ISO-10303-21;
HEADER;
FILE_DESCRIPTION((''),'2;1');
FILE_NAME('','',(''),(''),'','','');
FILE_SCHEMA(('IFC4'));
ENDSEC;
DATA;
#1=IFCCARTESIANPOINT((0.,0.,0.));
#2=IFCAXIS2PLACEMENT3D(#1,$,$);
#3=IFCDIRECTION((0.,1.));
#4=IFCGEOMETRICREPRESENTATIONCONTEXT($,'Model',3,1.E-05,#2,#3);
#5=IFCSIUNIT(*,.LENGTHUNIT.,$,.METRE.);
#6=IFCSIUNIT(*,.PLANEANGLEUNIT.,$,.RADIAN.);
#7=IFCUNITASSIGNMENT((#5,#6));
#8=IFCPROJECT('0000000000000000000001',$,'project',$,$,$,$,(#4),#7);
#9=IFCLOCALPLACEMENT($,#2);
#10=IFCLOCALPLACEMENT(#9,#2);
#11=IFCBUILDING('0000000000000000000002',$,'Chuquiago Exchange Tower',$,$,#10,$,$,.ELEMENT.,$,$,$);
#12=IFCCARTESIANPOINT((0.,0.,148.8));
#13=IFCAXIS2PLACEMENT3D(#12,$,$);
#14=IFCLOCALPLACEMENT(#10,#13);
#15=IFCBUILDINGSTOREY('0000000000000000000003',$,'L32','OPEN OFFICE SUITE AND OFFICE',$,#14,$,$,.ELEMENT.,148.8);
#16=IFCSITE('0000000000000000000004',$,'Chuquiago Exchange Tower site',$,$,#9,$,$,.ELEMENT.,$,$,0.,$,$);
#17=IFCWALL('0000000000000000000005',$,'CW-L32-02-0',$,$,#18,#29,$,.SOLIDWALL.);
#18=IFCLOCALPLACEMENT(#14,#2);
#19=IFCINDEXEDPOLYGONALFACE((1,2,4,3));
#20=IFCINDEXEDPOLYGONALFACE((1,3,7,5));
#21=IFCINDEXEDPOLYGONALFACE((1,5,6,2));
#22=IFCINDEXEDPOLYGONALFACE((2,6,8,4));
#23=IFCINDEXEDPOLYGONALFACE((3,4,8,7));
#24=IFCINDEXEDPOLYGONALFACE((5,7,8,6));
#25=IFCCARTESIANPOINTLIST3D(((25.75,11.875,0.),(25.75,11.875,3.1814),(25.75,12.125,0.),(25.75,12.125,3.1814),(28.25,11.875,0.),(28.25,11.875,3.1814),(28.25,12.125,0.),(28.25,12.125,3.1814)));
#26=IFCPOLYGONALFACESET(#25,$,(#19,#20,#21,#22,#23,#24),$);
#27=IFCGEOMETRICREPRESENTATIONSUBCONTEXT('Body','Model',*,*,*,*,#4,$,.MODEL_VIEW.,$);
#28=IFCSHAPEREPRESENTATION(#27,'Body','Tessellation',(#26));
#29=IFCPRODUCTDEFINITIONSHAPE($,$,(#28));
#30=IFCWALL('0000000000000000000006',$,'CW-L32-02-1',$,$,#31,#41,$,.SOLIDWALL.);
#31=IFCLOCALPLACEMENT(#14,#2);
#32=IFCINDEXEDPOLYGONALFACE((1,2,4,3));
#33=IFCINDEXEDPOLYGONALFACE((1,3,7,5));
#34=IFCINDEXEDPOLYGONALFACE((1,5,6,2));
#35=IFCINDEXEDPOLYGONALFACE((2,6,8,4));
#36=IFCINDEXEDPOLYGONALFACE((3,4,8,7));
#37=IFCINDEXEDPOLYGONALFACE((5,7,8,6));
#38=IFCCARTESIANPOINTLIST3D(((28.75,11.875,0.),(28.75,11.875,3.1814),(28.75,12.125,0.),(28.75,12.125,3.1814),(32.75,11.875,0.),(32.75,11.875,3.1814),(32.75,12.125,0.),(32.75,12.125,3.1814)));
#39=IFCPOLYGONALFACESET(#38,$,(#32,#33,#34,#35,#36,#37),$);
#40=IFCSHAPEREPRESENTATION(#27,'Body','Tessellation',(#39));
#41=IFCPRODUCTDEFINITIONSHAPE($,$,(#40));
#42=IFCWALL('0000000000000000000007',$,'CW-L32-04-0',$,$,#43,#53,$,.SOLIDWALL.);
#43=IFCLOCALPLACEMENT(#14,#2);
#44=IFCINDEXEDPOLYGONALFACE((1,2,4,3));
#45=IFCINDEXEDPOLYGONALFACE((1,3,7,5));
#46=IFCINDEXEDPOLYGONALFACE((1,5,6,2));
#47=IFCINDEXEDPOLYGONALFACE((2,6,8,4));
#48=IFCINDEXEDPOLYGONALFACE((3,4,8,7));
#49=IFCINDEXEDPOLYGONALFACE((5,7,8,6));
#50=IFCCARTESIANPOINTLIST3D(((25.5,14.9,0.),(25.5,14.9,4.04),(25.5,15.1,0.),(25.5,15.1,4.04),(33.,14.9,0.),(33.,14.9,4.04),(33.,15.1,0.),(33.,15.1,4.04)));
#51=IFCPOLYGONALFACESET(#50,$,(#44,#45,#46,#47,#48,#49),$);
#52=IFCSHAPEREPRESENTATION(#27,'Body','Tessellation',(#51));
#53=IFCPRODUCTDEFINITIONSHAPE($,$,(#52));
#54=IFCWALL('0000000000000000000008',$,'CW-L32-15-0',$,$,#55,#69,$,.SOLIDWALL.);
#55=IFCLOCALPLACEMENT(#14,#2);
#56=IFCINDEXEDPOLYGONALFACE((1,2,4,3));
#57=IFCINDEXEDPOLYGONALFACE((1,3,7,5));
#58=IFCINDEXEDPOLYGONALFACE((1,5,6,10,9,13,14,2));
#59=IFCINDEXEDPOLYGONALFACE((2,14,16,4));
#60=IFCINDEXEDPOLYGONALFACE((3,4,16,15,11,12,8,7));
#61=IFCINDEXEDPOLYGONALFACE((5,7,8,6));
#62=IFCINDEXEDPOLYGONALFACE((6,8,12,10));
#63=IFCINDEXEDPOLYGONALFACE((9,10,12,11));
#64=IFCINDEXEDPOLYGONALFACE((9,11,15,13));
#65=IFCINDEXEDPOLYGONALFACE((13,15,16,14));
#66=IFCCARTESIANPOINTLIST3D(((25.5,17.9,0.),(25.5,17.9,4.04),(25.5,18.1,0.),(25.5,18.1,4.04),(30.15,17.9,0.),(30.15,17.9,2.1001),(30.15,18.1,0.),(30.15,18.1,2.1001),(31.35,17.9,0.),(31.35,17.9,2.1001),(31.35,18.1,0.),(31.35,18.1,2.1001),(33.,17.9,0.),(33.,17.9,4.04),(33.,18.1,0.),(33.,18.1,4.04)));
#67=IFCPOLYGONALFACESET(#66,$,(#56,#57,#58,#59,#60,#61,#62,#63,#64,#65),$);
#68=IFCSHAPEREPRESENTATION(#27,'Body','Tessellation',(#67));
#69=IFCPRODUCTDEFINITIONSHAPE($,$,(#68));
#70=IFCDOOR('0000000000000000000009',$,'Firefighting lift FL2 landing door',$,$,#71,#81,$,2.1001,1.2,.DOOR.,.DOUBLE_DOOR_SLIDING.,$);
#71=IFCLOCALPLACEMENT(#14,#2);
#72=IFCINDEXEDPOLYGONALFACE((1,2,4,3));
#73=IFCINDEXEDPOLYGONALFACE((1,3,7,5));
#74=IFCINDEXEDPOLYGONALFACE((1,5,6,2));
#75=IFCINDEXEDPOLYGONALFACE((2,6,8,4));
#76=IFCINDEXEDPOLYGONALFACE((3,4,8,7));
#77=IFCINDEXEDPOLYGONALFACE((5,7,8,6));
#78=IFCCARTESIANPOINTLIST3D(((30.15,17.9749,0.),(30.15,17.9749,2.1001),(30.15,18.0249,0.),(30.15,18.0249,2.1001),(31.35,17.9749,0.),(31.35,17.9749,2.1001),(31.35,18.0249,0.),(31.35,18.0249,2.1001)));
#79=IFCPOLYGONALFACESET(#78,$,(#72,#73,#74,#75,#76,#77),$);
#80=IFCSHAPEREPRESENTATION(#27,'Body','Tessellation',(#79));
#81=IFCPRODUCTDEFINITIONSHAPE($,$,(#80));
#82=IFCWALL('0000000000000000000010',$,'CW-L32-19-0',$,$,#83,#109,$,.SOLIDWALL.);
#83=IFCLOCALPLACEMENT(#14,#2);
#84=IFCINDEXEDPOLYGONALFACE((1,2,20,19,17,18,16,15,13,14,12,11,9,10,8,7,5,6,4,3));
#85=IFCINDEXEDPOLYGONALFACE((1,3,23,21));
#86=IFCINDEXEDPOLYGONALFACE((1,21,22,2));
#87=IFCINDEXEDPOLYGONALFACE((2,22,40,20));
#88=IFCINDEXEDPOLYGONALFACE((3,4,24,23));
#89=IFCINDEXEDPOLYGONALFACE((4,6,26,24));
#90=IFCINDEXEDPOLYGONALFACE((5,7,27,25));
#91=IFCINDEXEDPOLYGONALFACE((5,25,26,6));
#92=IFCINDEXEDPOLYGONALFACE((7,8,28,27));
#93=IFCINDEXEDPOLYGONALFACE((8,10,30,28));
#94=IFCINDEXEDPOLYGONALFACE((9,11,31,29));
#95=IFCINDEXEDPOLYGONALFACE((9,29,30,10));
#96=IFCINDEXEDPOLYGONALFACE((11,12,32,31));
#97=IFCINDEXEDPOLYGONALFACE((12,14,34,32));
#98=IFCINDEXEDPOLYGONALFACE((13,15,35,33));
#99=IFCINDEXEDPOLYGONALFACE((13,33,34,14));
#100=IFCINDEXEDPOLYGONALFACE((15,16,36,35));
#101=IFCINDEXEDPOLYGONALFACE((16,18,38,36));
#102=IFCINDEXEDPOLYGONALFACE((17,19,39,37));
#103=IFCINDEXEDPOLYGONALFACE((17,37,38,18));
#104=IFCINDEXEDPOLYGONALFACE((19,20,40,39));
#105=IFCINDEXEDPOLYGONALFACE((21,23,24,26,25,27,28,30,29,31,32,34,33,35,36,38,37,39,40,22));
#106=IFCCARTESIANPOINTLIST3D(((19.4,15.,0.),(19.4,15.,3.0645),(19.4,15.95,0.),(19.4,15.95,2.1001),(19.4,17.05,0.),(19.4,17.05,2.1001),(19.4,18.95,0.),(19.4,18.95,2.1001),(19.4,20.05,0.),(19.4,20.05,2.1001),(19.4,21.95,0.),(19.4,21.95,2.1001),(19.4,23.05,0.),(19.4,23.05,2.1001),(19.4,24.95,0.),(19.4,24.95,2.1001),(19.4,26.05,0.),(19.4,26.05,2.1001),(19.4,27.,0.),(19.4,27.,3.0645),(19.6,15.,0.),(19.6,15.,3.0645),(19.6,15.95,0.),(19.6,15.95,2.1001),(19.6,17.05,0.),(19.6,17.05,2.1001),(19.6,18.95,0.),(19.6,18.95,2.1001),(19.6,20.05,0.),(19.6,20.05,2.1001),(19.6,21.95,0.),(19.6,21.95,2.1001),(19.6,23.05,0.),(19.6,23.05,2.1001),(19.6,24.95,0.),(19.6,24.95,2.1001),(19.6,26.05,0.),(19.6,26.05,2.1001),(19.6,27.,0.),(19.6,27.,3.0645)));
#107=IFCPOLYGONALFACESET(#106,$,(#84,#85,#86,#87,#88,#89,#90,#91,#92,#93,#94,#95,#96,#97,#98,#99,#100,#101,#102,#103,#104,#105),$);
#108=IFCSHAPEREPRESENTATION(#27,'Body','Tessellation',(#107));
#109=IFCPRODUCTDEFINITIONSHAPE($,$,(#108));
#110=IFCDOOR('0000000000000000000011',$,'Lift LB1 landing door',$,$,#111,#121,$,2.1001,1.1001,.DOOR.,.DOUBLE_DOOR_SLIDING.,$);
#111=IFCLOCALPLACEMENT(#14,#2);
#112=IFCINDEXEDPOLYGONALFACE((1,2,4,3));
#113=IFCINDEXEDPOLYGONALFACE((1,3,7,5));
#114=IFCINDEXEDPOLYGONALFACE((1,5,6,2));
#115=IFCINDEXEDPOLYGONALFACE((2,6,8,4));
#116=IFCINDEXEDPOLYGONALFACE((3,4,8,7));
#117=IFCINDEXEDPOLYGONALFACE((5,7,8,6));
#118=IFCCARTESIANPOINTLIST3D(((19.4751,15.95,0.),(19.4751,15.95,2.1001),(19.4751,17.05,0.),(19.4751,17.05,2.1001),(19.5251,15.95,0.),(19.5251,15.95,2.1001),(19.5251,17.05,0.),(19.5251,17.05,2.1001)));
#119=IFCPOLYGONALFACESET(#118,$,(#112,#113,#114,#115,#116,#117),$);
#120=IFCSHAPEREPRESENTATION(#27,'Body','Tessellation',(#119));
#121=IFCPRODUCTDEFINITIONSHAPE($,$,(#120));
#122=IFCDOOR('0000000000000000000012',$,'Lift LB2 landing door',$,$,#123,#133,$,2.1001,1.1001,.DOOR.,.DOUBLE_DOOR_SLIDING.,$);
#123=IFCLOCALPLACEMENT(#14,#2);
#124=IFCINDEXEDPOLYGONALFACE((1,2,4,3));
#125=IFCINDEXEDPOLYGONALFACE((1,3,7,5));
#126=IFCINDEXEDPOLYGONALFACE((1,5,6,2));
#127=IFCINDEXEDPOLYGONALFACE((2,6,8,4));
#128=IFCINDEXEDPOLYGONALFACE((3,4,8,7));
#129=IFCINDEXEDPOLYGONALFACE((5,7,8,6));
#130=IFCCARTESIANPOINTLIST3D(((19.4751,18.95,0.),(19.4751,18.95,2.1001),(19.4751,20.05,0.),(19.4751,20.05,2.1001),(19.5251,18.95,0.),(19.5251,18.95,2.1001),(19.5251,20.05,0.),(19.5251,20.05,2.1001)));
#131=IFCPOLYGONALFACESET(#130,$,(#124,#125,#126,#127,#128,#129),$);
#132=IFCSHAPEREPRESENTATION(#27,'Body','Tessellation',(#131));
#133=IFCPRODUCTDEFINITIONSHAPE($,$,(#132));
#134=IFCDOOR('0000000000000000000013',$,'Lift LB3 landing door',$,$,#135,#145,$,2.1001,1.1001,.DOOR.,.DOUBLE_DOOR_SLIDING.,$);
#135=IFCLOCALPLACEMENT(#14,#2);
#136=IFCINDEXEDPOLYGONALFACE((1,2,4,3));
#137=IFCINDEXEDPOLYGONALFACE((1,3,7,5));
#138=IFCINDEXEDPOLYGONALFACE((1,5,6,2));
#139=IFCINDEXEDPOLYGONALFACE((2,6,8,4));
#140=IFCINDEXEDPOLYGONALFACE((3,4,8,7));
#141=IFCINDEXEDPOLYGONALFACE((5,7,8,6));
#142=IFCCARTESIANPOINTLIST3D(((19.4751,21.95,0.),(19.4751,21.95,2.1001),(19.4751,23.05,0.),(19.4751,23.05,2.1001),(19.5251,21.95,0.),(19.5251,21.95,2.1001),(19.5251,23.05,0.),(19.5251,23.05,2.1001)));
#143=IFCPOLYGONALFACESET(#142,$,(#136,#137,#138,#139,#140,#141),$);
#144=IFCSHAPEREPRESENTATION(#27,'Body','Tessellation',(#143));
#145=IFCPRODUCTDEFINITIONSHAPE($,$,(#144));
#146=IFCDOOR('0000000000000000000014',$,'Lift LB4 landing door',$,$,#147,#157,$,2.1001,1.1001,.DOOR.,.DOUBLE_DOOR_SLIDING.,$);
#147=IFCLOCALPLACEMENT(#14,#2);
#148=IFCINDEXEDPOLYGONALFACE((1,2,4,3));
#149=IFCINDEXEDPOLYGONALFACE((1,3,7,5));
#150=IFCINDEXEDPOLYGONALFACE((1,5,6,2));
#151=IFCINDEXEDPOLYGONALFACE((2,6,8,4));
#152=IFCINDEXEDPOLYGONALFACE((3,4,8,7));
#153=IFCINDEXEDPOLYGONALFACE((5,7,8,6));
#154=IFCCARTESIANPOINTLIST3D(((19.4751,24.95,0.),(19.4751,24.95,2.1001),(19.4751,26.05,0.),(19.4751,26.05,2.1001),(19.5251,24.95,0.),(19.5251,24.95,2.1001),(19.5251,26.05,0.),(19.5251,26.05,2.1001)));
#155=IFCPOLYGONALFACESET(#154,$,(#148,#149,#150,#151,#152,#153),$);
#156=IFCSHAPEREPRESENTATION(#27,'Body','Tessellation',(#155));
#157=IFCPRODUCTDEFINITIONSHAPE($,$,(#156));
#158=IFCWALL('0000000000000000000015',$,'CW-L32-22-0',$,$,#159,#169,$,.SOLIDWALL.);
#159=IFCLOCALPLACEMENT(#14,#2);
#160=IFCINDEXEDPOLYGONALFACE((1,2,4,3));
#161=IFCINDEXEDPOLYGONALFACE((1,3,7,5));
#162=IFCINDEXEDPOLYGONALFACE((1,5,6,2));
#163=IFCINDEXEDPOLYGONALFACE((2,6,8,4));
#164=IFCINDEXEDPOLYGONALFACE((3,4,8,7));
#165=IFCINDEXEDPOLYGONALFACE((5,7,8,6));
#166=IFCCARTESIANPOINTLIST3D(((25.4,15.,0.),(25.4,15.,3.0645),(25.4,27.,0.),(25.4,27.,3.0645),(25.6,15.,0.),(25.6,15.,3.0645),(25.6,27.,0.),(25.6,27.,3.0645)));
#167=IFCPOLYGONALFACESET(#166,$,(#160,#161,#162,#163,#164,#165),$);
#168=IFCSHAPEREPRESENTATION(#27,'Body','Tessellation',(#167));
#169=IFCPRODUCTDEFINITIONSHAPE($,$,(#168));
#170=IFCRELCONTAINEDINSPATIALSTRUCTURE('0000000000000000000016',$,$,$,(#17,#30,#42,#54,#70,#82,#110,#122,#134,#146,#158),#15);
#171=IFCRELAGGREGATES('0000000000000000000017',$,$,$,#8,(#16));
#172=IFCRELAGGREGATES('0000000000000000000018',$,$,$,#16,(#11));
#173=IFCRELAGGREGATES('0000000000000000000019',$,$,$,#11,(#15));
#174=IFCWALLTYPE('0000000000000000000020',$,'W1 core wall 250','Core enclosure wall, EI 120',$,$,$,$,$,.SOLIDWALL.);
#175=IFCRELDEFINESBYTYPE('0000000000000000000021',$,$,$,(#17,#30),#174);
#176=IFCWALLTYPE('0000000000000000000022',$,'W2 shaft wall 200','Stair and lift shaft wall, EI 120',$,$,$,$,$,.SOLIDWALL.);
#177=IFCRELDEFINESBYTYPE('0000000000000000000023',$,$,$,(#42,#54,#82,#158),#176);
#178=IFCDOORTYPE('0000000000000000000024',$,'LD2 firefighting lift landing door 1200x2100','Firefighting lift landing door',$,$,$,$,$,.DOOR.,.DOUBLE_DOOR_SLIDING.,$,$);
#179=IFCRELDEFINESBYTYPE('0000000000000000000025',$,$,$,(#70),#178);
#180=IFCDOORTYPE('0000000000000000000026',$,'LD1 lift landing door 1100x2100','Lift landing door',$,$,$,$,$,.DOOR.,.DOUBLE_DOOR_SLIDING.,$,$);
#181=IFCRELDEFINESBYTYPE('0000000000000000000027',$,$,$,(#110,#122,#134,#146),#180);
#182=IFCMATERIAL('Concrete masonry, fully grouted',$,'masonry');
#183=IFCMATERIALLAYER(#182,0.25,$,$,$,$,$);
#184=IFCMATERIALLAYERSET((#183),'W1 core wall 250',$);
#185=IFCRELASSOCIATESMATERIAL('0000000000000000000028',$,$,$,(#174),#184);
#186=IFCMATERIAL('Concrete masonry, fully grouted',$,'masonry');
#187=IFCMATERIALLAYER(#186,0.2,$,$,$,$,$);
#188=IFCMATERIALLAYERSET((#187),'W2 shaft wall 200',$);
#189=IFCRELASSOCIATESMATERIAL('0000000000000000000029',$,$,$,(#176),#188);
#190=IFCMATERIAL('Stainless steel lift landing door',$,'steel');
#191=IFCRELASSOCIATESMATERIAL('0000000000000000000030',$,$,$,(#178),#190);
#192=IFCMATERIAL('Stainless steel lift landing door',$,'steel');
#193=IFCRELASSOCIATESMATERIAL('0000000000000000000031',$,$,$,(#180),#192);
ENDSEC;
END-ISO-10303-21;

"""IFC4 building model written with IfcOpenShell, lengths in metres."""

from ifc_helpers import new_model, si_unit, direction, frame, frame_2d, origin, place, context, subcontext, project, spatial, rectangle, extrude, material, layer, layer_set, type_object, element, fill, save


model = new_model("IFC4")

# Units and contexts
model_context = context("Model", 3, precision=1e-05, world=origin(), true_north=direction((0.0, 1.0)))
body_context = subcontext(model_context, "Body", "Model", "MODEL_VIEW")
ifc_project = project(units=[si_unit("LENGTHUNIT", "METRE"), si_unit("PLANEANGLEUNIT", "RADIAN")], contexts=[model_context])

# Site, building, storey
site_placement = place(None, origin())
site = spatial("IfcSite", under=ifc_project, at=site_placement, Name="Chuquiago Exchange Tower site", CompositionType="ELEMENT", RefElevation=0.0)
building_placement = place(site_placement, origin())
building = spatial("IfcBuilding", under=site, at=building_placement, Name="Chuquiago Exchange Tower", CompositionType="ELEMENT")
storey_placement = place(building_placement, frame((0.0, 0.0, 148.8)))
storey = spatial("IfcBuildingStorey", under=building, at=storey_placement, Name="L32", Description="OPEN OFFICE SUITE AND OFFICE", CompositionType="ELEMENT", Elevation=148.8)

# Walls
ifc_material_1 = material(Name="Concrete masonry, fully grouted", Category="masonry")
ifc_layer_1 = layer(ifc_material_1, 0.25)
ifc_layer_set_1 = layer_set([ifc_layer_1], Name="W1 core wall 250")
wall_type_1 = type_object("IfcWallType", Name="W1 core wall 250", Description="Core enclosure wall, EI 120", PredefinedType="SOLIDWALL", material=ifc_layer_set_1)
wall_1_placement = place(storey_placement, frame((25.75, 12.0, 0.0), z_axis=(0.0, 0.0, 1.0), x_axis=(1.0, 0.0, 0.0)))
element("IfcWall", 1, at=wall_1_placement, inside=storey, type_object=wall_type_1, Name="CW-L32-02-0", PredefinedType="SOLIDWALL", context=body_context, shape_type="SweptSolid", body=[
    extrude(rectangle(XDim=2.5, YDim=0.25, at=frame_2d((1.25, 0.0))), origin(), (0.0, 0.0, 1.0), 3.1814),
])
wall_2_placement = place(storey_placement, frame((28.75, 12.0, 0.0), z_axis=(0.0, 0.0, 1.0), x_axis=(1.0, 0.0, 0.0)))
element("IfcWall", 2, at=wall_2_placement, inside=storey, type_object=wall_type_1, Name="CW-L32-02-1", PredefinedType="SOLIDWALL", context=body_context, shape_type="SweptSolid", body=[
    extrude(rectangle(XDim=4.0, YDim=0.25, at=frame_2d((2.0, 0.0))), origin(), (0.0, 0.0, 1.0), 3.1814),
])
ifc_material_2 = material(Name="Concrete masonry, fully grouted", Category="masonry")
ifc_layer_2 = layer(ifc_material_2, 0.2)
ifc_layer_set_2 = layer_set([ifc_layer_2], Name="W2 shaft wall 200")
wall_type_2 = type_object("IfcWallType", Name="W2 shaft wall 200", Description="Stair and lift shaft wall, EI 120", PredefinedType="SOLIDWALL", material=ifc_layer_set_2)
wall_3_placement = place(storey_placement, frame((25.5, 15.0, 0.0), z_axis=(0.0, 0.0, 1.0), x_axis=(1.0, 0.0, 0.0)))
element("IfcWall", 3, at=wall_3_placement, inside=storey, type_object=wall_type_2, Name="CW-L32-04-0", PredefinedType="SOLIDWALL", context=body_context, shape_type="SweptSolid", body=[
    extrude(rectangle(XDim=7.5, YDim=0.2, at=frame_2d((3.75, 0.0))), origin(), (0.0, 0.0, 1.0), 4.04),
])

# Wall, opening, door
wall_4_placement = place(storey_placement, frame((25.5, 18.0, 0.0), z_axis=(0.0, 0.0, 1.0), x_axis=(1.0, 0.0, 0.0)))
wall_4 = element("IfcWall", 4, at=wall_4_placement, inside=storey, type_object=wall_type_2, Name="CW-L32-15-0", PredefinedType="SOLIDWALL", context=body_context, shape_type="SweptSolid", body=[
    extrude(rectangle(XDim=7.5, YDim=0.2, at=frame_2d((3.75, 0.0))), origin(), (0.0, 0.0, 1.0), 4.04),
])
opening_1_placement = place(wall_4_placement, frame((4.6499, 0.0, 0.0)))
opening_1 = element("IfcOpeningElement", 5, at=opening_1_placement, cuts=wall_4, PredefinedType="OPENING", context=body_context, shape_type="SweptSolid", body=[
    extrude(rectangle(XDim=1.2, YDim=2.1001, at=frame_2d((0.6001, 1.05))), frame((0.0, 0.1099, 0.0), z_axis=(0.0, -1.0, 0.0), x_axis=(1.0, 0.0, 0.0)), (0.0, 0.0, 1.0), 0.22),
])
ifc_material_3 = material(Name="Stainless steel lift landing door", Category="steel")
door_type_1 = type_object("IfcDoorType", Name="LD2 firefighting lift landing door 1200x2100", Description="Firefighting lift landing door", OperationType="DOUBLE_DOOR_SLIDING", PredefinedType="DOOR", material=ifc_material_3)
door_1_placement = place(opening_1_placement, origin())
door_1 = element("IfcDoor", 6, at=door_1_placement, inside=storey, type_object=door_type_1, Name="Firefighting lift FL2 landing door", OperationType="DOUBLE_DOOR_SLIDING", OverallHeight=2.1001, OverallWidth=1.2, PredefinedType="DOOR", context=body_context, shape_type="SweptSolid", body=[
    extrude(rectangle(XDim=1.2, YDim=2.1001, at=frame_2d((0.6001, 1.05))), frame((0.0, 0.0249, 0.0), z_axis=(0.0, -1.0, 0.0), x_axis=(1.0, 0.0, 0.0)), (0.0, 0.0, 1.0), 0.05),
])
fill(opening_1, door_1)

# Wall, openings, doors
wall_5_placement = place(storey_placement, frame((19.5, 15.0, 0.0), z_axis=(0.0, 0.0, 1.0), x_axis=(0.0, 1.0, 0.0)))
wall_5 = element("IfcWall", 7, at=wall_5_placement, inside=storey, type_object=wall_type_2, Name="CW-L32-19-0", PredefinedType="SOLIDWALL", context=body_context, shape_type="SweptSolid", body=[
    extrude(rectangle(XDim=12.0, YDim=0.2, at=frame_2d((6.0, 0.0))), origin(), (0.0, 0.0, 1.0), 3.0645),
])
opening_2_placement = place(wall_5_placement, frame((0.95, 0.0, 0.0)))
opening_2 = element("IfcOpeningElement", 8, at=opening_2_placement, cuts=wall_5, PredefinedType="OPENING", context=body_context, shape_type="SweptSolid", body=[
    extrude(rectangle(XDim=1.1001, YDim=2.1001, at=frame_2d((0.55, 1.05))), frame((0.0, 0.1099, 0.0), z_axis=(0.0, -1.0, 0.0), x_axis=(1.0, 0.0, 0.0)), (0.0, 0.0, 1.0), 0.22),
])
opening_3_placement = place(wall_5_placement, frame((3.95, 0.0, 0.0)))
opening_3 = element("IfcOpeningElement", 9, at=opening_3_placement, cuts=wall_5, PredefinedType="OPENING", context=body_context, shape_type="SweptSolid", body=[
    extrude(rectangle(XDim=1.1001, YDim=2.1001, at=frame_2d((0.55, 1.05))), frame((0.0, 0.1099, 0.0), z_axis=(0.0, -1.0, 0.0), x_axis=(1.0, 0.0, 0.0)), (0.0, 0.0, 1.0), 0.22),
])
opening_4_placement = place(wall_5_placement, frame((6.95, 0.0, 0.0)))
opening_4 = element("IfcOpeningElement", 10, at=opening_4_placement, cuts=wall_5, PredefinedType="OPENING", context=body_context, shape_type="SweptSolid", body=[
    extrude(rectangle(XDim=1.1001, YDim=2.1001, at=frame_2d((0.55, 1.05))), frame((0.0, 0.1099, 0.0), z_axis=(0.0, -1.0, 0.0), x_axis=(1.0, 0.0, 0.0)), (0.0, 0.0, 1.0), 0.22),
])
opening_5_placement = place(wall_5_placement, frame((9.95, 0.0, 0.0)))
opening_5 = element("IfcOpeningElement", 11, at=opening_5_placement, cuts=wall_5, PredefinedType="OPENING", context=body_context, shape_type="SweptSolid", body=[
    extrude(rectangle(XDim=1.1001, YDim=2.1001, at=frame_2d((0.55, 1.05))), frame((0.0, 0.1099, 0.0), z_axis=(0.0, -1.0, 0.0), x_axis=(1.0, 0.0, 0.0)), (0.0, 0.0, 1.0), 0.22),
])
ifc_material_4 = material(Name="Stainless steel lift landing door", Category="steel")
door_type_2 = type_object("IfcDoorType", Name="LD1 lift landing door 1100x2100", Description="Lift landing door", OperationType="DOUBLE_DOOR_SLIDING", PredefinedType="DOOR", material=ifc_material_4)
door_2_placement = place(opening_2_placement, origin())
door_2 = element("IfcDoor", 12, at=door_2_placement, inside=storey, type_object=door_type_2, Name="Lift LB1 landing door", OperationType="DOUBLE_DOOR_SLIDING", OverallHeight=2.1001, OverallWidth=1.1001, PredefinedType="DOOR", context=body_context, shape_type="SweptSolid", body=[
    extrude(rectangle(XDim=1.1001, YDim=2.1001, at=frame_2d((0.55, 1.05))), frame((0.0, 0.0249, 0.0), z_axis=(0.0, -1.0, 0.0), x_axis=(1.0, 0.0, 0.0)), (0.0, 0.0, 1.0), 0.05),
])
fill(opening_2, door_2)
door_3_placement = place(opening_3_placement, origin())
door_3 = element("IfcDoor", 13, at=door_3_placement, inside=storey, type_object=door_type_2, Name="Lift LB2 landing door", OperationType="DOUBLE_DOOR_SLIDING", OverallHeight=2.1001, OverallWidth=1.1001, PredefinedType="DOOR", context=body_context, shape_type="SweptSolid", body=[
    extrude(rectangle(XDim=1.1001, YDim=2.1001, at=frame_2d((0.55, 1.05))), frame((0.0, 0.0249, 0.0), z_axis=(0.0, -1.0, 0.0), x_axis=(1.0, 0.0, 0.0)), (0.0, 0.0, 1.0), 0.05),
])
fill(opening_3, door_3)
door_4_placement = place(opening_4_placement, origin())
door_4 = element("IfcDoor", 14, at=door_4_placement, inside=storey, type_object=door_type_2, Name="Lift LB3 landing door", OperationType="DOUBLE_DOOR_SLIDING", OverallHeight=2.1001, OverallWidth=1.1001, PredefinedType="DOOR", context=body_context, shape_type="SweptSolid", body=[
    extrude(rectangle(XDim=1.1001, YDim=2.1001, at=frame_2d((0.55, 1.05))), frame((0.0, 0.0249, 0.0), z_axis=(0.0, -1.0, 0.0), x_axis=(1.0, 0.0, 0.0)), (0.0, 0.0, 1.0), 0.05),
])
fill(opening_4, door_4)
door_5_placement = place(opening_5_placement, origin())
door_5 = element("IfcDoor", 15, at=door_5_placement, inside=storey, type_object=door_type_2, Name="Lift LB4 landing door", OperationType="DOUBLE_DOOR_SLIDING", OverallHeight=2.1001, OverallWidth=1.1001, PredefinedType="DOOR", context=body_context, shape_type="SweptSolid", body=[
    extrude(rectangle(XDim=1.1001, YDim=2.1001, at=frame_2d((0.55, 1.05))), frame((0.0, 0.0249, 0.0), z_axis=(0.0, -1.0, 0.0), x_axis=(1.0, 0.0, 0.0)), (0.0, 0.0, 1.0), 0.05),
])
fill(opening_5, door_5)

# Wall
wall_6_placement = place(storey_placement, frame((25.5, 15.0, 0.0), z_axis=(0.0, 0.0, 1.0), x_axis=(0.0, 1.0, 0.0)))
element("IfcWall", 16, at=wall_6_placement, inside=storey, type_object=wall_type_2, Name="CW-L32-22-0", PredefinedType="SOLIDWALL", context=body_context, shape_type="SweptSolid", body=[
    extrude(rectangle(XDim=12.0, YDim=0.2, at=frame_2d((6.0, 0.0))), origin(), (0.0, 0.0, 1.0), 3.0645),
])

save(model, "model.ifc")
